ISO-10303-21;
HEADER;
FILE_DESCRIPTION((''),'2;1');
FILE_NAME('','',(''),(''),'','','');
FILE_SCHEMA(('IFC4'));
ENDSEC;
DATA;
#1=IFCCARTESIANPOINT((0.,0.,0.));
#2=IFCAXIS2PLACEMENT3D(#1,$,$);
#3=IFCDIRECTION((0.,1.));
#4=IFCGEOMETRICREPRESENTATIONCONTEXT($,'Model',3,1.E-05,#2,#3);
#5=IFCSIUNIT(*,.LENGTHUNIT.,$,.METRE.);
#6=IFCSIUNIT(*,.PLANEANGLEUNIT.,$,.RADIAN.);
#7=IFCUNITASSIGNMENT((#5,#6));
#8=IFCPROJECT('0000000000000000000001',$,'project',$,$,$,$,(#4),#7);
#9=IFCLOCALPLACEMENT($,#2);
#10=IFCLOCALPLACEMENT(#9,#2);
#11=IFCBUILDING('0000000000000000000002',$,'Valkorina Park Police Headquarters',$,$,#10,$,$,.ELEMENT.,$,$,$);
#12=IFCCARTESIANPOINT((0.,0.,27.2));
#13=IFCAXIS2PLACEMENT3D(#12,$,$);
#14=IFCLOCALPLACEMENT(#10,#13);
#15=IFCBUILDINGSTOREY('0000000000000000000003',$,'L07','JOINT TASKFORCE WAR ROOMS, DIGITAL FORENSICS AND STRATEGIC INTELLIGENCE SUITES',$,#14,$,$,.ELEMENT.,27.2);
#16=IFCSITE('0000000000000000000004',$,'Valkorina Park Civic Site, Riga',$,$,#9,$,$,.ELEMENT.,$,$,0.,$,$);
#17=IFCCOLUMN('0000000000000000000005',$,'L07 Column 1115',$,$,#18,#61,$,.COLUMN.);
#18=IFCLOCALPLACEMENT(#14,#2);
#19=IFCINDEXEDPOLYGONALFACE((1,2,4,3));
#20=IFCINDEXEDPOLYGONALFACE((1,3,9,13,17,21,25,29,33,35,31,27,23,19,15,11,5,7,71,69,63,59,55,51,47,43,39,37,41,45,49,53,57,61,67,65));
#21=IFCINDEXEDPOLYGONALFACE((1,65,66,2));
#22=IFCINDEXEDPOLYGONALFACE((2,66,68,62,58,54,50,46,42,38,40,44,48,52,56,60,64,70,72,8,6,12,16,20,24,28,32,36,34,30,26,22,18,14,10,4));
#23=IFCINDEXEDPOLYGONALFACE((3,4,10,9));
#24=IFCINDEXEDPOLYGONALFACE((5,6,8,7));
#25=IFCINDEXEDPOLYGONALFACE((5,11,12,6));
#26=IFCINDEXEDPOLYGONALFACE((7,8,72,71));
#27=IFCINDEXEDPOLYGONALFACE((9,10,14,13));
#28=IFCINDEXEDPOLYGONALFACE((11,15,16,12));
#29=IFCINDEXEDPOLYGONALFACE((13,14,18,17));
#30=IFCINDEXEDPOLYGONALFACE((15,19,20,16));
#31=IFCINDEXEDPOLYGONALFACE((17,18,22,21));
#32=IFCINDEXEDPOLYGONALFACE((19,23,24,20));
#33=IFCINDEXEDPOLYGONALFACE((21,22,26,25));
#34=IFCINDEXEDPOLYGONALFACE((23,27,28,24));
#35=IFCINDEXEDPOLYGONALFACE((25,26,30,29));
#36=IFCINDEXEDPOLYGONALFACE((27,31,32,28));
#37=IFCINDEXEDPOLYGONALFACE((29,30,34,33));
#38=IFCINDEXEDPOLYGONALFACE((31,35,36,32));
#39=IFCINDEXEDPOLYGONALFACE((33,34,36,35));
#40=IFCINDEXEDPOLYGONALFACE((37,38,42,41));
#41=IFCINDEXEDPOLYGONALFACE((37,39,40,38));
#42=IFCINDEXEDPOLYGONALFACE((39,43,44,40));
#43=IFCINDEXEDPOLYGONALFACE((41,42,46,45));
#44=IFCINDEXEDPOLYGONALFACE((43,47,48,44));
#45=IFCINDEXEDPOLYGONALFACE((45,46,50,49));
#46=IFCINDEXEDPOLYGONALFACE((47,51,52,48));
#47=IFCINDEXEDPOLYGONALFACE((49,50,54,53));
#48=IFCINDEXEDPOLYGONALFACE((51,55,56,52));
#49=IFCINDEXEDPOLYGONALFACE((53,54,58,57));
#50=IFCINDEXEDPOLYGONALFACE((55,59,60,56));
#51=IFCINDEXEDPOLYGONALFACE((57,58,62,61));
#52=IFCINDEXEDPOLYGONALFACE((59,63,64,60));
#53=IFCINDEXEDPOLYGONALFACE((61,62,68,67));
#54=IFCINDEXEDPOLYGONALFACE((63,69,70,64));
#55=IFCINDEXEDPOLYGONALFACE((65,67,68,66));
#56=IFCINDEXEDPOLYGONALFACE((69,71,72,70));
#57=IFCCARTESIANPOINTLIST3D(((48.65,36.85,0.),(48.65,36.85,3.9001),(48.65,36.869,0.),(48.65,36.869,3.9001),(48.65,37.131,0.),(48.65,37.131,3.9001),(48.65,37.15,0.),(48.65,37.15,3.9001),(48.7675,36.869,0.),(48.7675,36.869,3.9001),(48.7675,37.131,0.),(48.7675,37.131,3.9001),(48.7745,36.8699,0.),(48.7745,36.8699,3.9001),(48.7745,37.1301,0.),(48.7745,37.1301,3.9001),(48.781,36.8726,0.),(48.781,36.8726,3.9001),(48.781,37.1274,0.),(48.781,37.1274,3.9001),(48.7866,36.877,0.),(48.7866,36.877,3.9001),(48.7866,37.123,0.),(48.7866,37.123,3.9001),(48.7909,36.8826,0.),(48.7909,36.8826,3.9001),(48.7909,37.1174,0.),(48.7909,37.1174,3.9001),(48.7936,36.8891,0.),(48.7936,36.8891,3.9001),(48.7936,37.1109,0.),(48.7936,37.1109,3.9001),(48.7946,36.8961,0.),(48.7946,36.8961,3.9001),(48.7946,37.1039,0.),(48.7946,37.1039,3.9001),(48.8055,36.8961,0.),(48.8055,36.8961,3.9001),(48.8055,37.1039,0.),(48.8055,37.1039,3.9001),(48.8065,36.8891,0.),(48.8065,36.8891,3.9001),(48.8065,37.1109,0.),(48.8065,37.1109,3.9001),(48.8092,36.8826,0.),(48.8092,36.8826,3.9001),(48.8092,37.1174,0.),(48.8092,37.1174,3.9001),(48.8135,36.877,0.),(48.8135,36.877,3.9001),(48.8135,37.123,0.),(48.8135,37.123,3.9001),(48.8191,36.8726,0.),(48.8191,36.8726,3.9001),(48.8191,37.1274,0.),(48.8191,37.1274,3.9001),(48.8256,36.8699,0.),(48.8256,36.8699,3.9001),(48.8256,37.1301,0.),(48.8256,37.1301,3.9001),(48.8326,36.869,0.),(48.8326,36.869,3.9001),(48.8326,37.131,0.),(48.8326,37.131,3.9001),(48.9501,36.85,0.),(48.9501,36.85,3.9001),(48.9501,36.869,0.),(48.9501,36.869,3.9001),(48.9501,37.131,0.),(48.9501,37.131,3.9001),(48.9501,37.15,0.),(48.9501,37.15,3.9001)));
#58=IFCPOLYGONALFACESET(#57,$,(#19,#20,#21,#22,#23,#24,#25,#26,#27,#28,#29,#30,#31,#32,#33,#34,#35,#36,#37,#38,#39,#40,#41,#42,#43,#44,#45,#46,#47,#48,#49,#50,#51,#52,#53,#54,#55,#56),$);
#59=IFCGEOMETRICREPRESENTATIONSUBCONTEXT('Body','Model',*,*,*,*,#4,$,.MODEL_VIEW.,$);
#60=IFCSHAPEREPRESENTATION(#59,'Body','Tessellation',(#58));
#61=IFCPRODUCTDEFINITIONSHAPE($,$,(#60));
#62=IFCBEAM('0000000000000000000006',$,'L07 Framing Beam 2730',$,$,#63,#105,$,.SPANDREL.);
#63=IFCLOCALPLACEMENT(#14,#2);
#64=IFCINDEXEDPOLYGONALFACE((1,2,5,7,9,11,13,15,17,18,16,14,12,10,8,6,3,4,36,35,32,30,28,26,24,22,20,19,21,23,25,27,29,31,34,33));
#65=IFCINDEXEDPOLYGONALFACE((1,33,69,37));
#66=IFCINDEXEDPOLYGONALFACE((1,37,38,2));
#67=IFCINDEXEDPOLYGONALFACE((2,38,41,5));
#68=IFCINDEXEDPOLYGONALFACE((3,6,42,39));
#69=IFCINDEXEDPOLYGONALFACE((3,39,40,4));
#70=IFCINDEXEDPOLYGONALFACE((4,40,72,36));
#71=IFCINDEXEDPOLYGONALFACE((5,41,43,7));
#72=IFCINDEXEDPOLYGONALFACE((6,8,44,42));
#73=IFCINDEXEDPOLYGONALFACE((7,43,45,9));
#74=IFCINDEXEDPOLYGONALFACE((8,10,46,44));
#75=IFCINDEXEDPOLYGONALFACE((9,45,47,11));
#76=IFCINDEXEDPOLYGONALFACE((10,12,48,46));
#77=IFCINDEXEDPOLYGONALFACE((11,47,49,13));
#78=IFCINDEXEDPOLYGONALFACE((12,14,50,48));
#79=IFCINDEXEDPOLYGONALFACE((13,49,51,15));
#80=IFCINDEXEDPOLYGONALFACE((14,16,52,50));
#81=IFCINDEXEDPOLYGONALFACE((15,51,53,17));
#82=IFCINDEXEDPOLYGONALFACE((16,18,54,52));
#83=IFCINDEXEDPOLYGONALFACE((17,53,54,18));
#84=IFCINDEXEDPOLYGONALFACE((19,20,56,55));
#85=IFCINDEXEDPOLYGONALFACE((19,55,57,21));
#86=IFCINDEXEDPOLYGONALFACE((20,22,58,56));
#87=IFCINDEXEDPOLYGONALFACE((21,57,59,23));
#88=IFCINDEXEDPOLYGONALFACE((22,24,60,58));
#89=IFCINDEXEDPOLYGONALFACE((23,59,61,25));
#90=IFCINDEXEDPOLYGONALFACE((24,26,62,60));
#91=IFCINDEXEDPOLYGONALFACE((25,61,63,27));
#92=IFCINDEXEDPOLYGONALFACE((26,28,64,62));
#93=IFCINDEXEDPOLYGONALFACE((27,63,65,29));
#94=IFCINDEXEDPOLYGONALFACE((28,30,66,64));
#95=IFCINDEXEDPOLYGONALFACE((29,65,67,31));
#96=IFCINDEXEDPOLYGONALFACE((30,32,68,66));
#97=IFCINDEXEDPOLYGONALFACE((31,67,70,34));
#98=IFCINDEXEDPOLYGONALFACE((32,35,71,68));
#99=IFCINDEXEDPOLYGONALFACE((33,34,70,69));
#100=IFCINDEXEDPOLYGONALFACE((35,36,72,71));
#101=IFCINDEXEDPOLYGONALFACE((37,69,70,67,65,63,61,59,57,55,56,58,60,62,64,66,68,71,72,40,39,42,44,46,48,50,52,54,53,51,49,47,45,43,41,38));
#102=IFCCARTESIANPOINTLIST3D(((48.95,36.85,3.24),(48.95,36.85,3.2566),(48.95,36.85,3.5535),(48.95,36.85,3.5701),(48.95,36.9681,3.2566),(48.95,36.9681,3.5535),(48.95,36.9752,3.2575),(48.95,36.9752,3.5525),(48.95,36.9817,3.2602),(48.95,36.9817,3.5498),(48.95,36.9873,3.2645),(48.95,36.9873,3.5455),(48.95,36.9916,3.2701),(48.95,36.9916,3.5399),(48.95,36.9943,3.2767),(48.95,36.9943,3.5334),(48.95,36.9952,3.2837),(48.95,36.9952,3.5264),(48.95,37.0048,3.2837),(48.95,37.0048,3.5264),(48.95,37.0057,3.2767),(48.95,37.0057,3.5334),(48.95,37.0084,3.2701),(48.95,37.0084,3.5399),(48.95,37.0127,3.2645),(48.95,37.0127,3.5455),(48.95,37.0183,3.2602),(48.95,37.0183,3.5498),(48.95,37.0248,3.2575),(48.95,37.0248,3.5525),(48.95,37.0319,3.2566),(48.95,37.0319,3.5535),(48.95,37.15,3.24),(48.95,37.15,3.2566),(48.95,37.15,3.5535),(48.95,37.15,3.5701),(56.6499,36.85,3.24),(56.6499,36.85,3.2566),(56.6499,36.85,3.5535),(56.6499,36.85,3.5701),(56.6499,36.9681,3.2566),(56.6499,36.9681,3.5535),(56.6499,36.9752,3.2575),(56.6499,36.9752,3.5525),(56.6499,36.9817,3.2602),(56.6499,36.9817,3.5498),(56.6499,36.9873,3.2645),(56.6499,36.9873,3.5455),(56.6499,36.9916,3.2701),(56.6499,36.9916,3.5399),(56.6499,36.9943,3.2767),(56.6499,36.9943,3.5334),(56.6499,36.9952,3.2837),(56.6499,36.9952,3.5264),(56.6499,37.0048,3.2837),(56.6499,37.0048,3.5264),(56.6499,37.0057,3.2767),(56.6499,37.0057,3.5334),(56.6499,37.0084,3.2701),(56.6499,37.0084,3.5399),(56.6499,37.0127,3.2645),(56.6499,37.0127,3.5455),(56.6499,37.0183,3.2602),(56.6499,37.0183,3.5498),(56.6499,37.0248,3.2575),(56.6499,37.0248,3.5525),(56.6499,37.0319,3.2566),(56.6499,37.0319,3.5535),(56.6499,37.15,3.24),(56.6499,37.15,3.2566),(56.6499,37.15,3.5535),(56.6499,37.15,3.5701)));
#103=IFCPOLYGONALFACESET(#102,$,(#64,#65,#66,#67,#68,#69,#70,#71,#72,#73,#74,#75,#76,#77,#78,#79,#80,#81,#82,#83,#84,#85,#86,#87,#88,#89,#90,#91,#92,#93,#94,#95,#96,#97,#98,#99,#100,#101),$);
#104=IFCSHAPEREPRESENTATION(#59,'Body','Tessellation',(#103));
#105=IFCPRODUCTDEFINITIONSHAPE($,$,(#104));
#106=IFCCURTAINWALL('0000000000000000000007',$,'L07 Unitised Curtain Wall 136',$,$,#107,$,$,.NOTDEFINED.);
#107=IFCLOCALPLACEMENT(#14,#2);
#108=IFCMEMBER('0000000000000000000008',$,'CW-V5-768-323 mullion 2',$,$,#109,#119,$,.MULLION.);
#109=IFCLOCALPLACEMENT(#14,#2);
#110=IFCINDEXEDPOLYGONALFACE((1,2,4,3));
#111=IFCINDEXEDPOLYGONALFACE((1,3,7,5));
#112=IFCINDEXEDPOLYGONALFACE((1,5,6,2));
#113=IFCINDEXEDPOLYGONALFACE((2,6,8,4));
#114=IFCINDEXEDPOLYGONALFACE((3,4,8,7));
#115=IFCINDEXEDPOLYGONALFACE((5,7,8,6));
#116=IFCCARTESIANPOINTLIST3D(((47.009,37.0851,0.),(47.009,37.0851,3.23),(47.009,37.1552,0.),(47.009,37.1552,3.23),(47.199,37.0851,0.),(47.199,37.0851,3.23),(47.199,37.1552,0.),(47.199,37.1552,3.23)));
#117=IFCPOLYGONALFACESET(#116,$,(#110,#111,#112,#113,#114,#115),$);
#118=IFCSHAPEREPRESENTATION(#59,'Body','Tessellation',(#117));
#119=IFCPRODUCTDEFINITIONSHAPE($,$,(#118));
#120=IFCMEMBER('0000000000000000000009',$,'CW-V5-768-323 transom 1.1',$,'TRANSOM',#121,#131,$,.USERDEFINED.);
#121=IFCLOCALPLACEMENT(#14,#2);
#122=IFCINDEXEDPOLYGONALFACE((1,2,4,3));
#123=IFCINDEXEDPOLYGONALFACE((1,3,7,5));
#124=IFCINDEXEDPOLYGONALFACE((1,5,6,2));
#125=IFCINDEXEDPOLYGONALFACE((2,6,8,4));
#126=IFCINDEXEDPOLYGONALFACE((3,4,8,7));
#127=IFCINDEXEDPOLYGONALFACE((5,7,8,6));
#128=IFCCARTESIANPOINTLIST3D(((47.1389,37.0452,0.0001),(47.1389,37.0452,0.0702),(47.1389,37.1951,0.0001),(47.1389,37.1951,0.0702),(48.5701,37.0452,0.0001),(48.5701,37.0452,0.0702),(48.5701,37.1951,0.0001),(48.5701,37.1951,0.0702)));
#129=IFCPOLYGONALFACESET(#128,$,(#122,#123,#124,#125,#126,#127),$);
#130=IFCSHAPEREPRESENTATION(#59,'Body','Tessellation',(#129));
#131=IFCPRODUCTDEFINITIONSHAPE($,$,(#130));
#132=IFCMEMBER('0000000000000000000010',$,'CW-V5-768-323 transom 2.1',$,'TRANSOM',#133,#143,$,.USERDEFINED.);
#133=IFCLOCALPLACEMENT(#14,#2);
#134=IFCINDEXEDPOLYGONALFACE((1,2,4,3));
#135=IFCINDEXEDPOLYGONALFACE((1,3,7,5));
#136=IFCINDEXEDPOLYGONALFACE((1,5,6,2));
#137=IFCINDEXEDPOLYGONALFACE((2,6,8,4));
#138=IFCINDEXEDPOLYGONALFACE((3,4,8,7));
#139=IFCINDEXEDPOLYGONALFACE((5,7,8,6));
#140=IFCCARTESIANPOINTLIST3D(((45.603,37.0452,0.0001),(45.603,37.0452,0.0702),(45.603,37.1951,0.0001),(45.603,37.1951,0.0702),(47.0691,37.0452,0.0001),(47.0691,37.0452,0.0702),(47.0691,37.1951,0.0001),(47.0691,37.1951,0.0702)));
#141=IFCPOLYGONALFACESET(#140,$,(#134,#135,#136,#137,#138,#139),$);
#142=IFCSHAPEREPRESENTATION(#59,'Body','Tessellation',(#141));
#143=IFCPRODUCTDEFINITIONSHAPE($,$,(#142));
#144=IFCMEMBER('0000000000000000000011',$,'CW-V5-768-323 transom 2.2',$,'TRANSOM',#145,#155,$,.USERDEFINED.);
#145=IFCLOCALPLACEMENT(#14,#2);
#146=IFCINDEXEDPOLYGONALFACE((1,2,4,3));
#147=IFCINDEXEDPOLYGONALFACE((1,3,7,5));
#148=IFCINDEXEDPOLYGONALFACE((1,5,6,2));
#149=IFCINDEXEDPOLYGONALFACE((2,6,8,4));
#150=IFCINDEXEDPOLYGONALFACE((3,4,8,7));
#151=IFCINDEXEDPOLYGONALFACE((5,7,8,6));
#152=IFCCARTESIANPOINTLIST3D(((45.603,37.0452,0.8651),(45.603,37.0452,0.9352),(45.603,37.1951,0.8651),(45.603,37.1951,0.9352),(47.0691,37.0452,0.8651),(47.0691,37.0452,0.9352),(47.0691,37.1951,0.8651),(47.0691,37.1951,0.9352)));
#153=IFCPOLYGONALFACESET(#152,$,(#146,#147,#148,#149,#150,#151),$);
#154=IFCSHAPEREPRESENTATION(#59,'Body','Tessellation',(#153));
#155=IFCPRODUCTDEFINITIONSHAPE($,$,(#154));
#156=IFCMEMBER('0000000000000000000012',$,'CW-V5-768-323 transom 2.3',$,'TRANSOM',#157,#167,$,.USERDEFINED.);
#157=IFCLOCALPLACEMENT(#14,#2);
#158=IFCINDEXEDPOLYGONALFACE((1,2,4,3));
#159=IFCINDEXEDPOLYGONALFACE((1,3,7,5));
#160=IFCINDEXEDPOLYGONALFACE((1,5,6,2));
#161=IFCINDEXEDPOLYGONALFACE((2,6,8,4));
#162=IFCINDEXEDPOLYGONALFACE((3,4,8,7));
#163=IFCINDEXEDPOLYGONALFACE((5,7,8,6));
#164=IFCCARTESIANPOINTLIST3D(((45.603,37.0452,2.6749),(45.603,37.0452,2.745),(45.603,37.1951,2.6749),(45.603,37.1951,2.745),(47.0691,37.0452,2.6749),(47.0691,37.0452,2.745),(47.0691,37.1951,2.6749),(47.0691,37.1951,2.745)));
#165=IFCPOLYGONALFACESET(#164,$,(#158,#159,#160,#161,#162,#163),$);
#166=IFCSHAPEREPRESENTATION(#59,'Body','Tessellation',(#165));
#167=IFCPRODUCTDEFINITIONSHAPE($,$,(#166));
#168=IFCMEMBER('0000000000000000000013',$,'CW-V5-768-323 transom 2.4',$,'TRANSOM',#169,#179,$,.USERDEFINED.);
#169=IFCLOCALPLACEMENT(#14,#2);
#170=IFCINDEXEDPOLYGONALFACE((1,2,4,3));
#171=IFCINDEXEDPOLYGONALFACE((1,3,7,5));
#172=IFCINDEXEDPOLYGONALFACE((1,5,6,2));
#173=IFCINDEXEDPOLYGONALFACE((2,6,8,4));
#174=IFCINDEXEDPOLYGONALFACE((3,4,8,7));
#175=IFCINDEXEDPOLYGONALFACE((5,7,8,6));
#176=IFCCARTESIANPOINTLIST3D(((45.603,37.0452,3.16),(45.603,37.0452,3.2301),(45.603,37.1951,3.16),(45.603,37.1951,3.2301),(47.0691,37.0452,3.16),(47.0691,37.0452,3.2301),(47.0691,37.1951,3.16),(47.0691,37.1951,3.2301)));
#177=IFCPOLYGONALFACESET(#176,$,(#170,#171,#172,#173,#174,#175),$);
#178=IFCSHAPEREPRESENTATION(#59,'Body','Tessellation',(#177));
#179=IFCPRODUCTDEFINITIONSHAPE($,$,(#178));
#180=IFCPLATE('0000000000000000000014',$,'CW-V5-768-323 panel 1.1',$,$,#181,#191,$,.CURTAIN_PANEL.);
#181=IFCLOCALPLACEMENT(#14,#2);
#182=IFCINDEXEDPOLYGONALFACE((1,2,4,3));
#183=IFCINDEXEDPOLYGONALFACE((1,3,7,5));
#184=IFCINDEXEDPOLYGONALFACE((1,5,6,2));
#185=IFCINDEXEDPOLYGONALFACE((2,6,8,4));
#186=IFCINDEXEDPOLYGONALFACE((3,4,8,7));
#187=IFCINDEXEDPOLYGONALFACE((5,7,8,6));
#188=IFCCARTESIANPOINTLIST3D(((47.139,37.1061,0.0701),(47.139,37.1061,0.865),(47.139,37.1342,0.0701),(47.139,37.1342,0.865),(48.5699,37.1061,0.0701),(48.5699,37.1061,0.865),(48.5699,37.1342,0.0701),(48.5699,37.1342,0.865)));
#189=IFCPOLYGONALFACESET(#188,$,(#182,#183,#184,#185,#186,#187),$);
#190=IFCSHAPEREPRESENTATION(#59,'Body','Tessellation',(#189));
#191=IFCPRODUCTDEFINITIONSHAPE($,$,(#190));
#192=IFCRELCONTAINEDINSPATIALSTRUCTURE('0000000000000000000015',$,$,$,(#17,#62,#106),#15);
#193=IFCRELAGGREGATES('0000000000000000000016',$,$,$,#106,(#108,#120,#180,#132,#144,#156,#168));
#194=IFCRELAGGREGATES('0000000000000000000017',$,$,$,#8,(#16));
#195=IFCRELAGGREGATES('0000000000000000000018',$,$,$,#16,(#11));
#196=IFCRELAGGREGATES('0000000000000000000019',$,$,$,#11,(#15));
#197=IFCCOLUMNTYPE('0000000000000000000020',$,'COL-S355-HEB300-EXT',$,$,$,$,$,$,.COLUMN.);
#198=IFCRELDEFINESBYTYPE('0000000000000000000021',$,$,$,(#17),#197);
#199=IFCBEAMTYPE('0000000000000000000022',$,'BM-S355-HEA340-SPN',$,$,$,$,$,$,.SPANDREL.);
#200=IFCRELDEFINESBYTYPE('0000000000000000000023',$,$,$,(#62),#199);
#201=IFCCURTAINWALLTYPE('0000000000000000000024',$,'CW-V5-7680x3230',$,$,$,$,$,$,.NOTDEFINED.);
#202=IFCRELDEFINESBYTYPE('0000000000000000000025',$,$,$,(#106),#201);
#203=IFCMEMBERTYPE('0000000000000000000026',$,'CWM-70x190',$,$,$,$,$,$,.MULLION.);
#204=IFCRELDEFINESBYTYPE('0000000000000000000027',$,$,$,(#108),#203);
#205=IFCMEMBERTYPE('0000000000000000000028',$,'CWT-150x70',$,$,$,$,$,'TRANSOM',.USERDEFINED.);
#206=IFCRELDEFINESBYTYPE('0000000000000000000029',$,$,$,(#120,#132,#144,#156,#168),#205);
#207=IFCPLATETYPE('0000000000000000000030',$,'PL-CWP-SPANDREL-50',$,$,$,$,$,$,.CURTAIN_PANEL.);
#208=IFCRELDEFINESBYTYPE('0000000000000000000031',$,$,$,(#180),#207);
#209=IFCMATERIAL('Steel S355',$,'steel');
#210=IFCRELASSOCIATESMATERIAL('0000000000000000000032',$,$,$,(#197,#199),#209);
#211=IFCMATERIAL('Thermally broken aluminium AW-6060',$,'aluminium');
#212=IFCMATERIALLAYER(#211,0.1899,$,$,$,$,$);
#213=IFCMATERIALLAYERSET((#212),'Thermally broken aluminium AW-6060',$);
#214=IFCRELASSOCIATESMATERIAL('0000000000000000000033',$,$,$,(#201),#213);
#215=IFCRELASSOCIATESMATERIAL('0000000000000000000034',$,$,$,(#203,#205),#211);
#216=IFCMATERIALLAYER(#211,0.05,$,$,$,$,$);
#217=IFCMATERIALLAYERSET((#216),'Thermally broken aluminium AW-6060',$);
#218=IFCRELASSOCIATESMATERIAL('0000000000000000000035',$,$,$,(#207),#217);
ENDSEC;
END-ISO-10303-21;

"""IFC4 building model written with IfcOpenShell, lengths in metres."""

from ifc_helpers import new_model, si_unit, direction, frame, origin, origin_2d, place, context, subcontext, project, spatial, rectangle, i_section, extrude, material, layer, layer_set, material_profile, profile_set, type_object, element, aggregate, save


model = new_model("IFC4")

# Units and contexts
model_context = context("Model", 3, precision=1e-05, world=origin(), true_north=direction((0.0, 1.0)))
body_context = subcontext(model_context, "Body", "Model", "MODEL_VIEW")
ifc_project = project(units=[si_unit("LENGTHUNIT", "METRE"), si_unit("PLANEANGLEUNIT", "RADIAN")], contexts=[model_context])

# Site, building, storey
site_placement = place(None, origin())
site = spatial("IfcSite", under=ifc_project, at=site_placement, Name="Valkorina Park Civic Site, Riga", CompositionType="ELEMENT", RefElevation=0.0)
building_placement = place(site_placement, origin())
building = spatial("IfcBuilding", under=site, at=building_placement, Name="Valkorina Park Police Headquarters", CompositionType="ELEMENT")
storey_placement = place(building_placement, frame((0.0, 0.0, 27.2)))
storey = spatial("IfcBuildingStorey", under=building, at=storey_placement, Name="L07", Description="JOINT TASKFORCE WAR ROOMS, DIGITAL FORENSICS AND STRATEGIC INTELLIGENCE SUITES", CompositionType="ELEMENT", Elevation=27.2)

# Column
ifc_material_1 = material(Name="Steel S355", Category="steel")
ifc_material_profile_1 = material_profile(ifc_material_1, i_section(OverallWidth=0.3, OverallDepth=0.3, WebThickness=0.011, FlangeThickness=0.019, FilletRadius=0.0271, at=origin_2d()), Name="HEB 300")
ifc_profile_set_1 = profile_set([ifc_material_profile_1], Name="Steel S355")
column_type = type_object("IfcColumnType", Name="COL-S355-HEB300-EXT", PredefinedType="COLUMN", material=ifc_profile_set_1)
column_placement = place(storey_placement, frame((48.8, 37.0, 0.0), z_axis=(0.0, 0.0, 1.0), x_axis=(1.0, 0.0, 0.0)))
element("IfcColumn", 1, at=column_placement, inside=storey, type_object=column_type, Name="L07 Column 1115", PredefinedType="COLUMN", context=body_context, shape_type="SweptSolid", body=[
    extrude(i_section(OverallWidth=0.3, OverallDepth=0.3, WebThickness=0.011, FlangeThickness=0.019, FilletRadius=0.0271, at=origin_2d()), origin(), (0.0, 0.0, 1.0), 3.9001),
])

# Beam
ifc_material_profile_2 = material_profile(ifc_material_1, i_section(OverallWidth=0.3, OverallDepth=0.3301, WebThickness=0.0095, FlangeThickness=0.0166, FilletRadius=0.0271, at=origin_2d()), Name="HEA 340")
ifc_profile_set_2 = profile_set([ifc_material_profile_2], Name="Steel S355")
beam_type = type_object("IfcBeamType", Name="BM-S355-HEA340-SPN", PredefinedType="SPANDREL", material=ifc_profile_set_2)
beam_placement = place(storey_placement, frame((48.95, 37.0, 3.405), z_axis=(1.0, 0.0, 0.0), x_axis=(0.0, 1.0, 0.0)))
element("IfcBeam", 2, at=beam_placement, inside=storey, type_object=beam_type, Name="L07 Framing Beam 2730", PredefinedType="SPANDREL", context=body_context, shape_type="SweptSolid", body=[
    extrude(i_section(OverallWidth=0.3, OverallDepth=0.3301, WebThickness=0.0095, FlangeThickness=0.0166, FilletRadius=0.0271, at=origin_2d()), origin(), (0.0, 0.0, 1.0), 7.7),
])

# Curtain wall, members, plate
ifc_material_2 = material(Name="Thermally broken aluminium AW-6060", Category="aluminium")
ifc_layer_1 = layer(ifc_material_2, 0.1899)
ifc_layer_set_1 = layer_set([ifc_layer_1], Name="Thermally broken aluminium AW-6060")
curtain_wall_type = type_object("IfcCurtainWallType", Name="CW-V5-7680x3230", PredefinedType="NOTDEFINED", material=ifc_layer_set_1)
curtain_wall_placement = place(storey_placement, origin())
curtain_wall = element("IfcCurtainWall", 3, at=curtain_wall_placement, inside=storey, type_object=curtain_wall_type, Name="L07 Unitised Curtain Wall 136", PredefinedType="NOTDEFINED")
ifc_material_profile_3 = material_profile(ifc_material_2, rectangle(XDim=0.0701, YDim=0.1899, at=origin_2d()), Name="CWM-02 70x190")
ifc_profile_set_3 = profile_set([ifc_material_profile_3], Name="Thermally broken aluminium AW-6060")
member_type_1 = type_object("IfcMemberType", Name="CWM-70x190", PredefinedType="MULLION", material=ifc_profile_set_3)
member_1_placement = place(storey_placement, frame((47.104, 37.1201, 0.0), z_axis=(0.0, 0.0, 1.0), x_axis=(0.0, -1.0, 0.0)))
member_1 = element("IfcMember", 4, at=member_1_placement, type_object=member_type_1, Name="CW-V5-768-323 mullion 2", PredefinedType="MULLION", context=body_context, shape_type="SweptSolid", body=[
    extrude(rectangle(XDim=0.0701, YDim=0.1899, at=origin_2d()), origin(), (0.0, 0.0, 1.0), 3.23),
])
ifc_material_profile_4 = material_profile(ifc_material_2, rectangle(XDim=0.1499, YDim=0.0701, at=origin_2d()), Name="CWT-02 150x70")
ifc_profile_set_4 = profile_set([ifc_material_profile_4], Name="Thermally broken aluminium AW-6060")
member_type_2 = type_object("IfcMemberType", Name="CWT-150x70", ElementType="TRANSOM", PredefinedType="USERDEFINED", material=ifc_profile_set_4)
member_2_placement = place(storey_placement, frame((48.5701, 37.1201, 0.0352), z_axis=(-1.0, 0.0, 0.0), x_axis=(0.0, -1.0, 0.0)))
member_2 = element("IfcMember", 5, at=member_2_placement, type_object=member_type_2, Name="CW-V5-768-323 transom 1.1", ObjectType="TRANSOM", PredefinedType="USERDEFINED", context=body_context, shape_type="SweptSolid", body=[
    extrude(rectangle(XDim=0.1499, YDim=0.0701, at=origin_2d()), origin(), (0.0, 0.0, 1.0), 1.4312),
])
member_3_placement = place(storey_placement, frame((47.0691, 37.1201, 0.0352), z_axis=(-1.0, 0.0, 0.0), x_axis=(0.0, -1.0, 0.0)))
member_3 = element("IfcMember", 6, at=member_3_placement, type_object=member_type_2, Name="CW-V5-768-323 transom 2.1", ObjectType="TRANSOM", PredefinedType="USERDEFINED", context=body_context, shape_type="SweptSolid", body=[
    extrude(rectangle(XDim=0.1499, YDim=0.0701, at=origin_2d()), origin(), (0.0, 0.0, 1.0), 1.4661),
])
member_4_placement = place(storey_placement, frame((47.0691, 37.1201, 0.9001), z_axis=(-1.0, 0.0, 0.0), x_axis=(0.0, -1.0, 0.0)))
member_4 = element("IfcMember", 7, at=member_4_placement, type_object=member_type_2, Name="CW-V5-768-323 transom 2.2", ObjectType="TRANSOM", PredefinedType="USERDEFINED", context=body_context, shape_type="SweptSolid", body=[
    extrude(rectangle(XDim=0.1499, YDim=0.0701, at=origin_2d()), origin(), (0.0, 0.0, 1.0), 1.4661),
])
member_5_placement = place(storey_placement, frame((47.0691, 37.1201, 2.71), z_axis=(-1.0, 0.0, 0.0), x_axis=(0.0, -1.0, 0.0)))
member_5 = element("IfcMember", 8, at=member_5_placement, type_object=member_type_2, Name="CW-V5-768-323 transom 2.3", ObjectType="TRANSOM", PredefinedType="USERDEFINED", context=body_context, shape_type="SweptSolid", body=[
    extrude(rectangle(XDim=0.1499, YDim=0.0701, at=origin_2d()), origin(), (0.0, 0.0, 1.0), 1.4661),
])
member_6_placement = place(storey_placement, frame((47.0691, 37.1201, 3.1951), z_axis=(-1.0, 0.0, 0.0), x_axis=(0.0, -1.0, 0.0)))
member_6 = element("IfcMember", 9, at=member_6_placement, type_object=member_type_2, Name="CW-V5-768-323 transom 2.4", ObjectType="TRANSOM", PredefinedType="USERDEFINED", context=body_context, shape_type="SweptSolid", body=[
    extrude(rectangle(XDim=0.1499, YDim=0.0701, at=origin_2d()), origin(), (0.0, 0.0, 1.0), 1.4661),
])
ifc_layer_2 = layer(ifc_material_2, 0.05)
ifc_layer_set_2 = layer_set([ifc_layer_2], Name="Thermally broken aluminium AW-6060")
plate_type_1 = type_object("IfcPlateType", Name="PL-CWP-SPANDREL-50", PredefinedType="CURTAIN_PANEL", material=ifc_layer_set_2)
plate_1_placement = place(storey_placement, frame((47.8545, 37.1201, 0.0701), z_axis=(0.0, 0.0, 1.0), x_axis=(-1.0, 0.0, 0.0)))
plate_1 = element("IfcPlate", 10, at=plate_1_placement, type_object=plate_type_1, Name="CW-V5-768-323 panel 1.1", PredefinedType="CURTAIN_PANEL", context=body_context, shape_type="SweptSolid", body=[
    extrude(rectangle(XDim=1.4309, YDim=0.0281, at=origin_2d()), origin(), (0.0, 0.0, 1.0), 0.7949),
])
aggregate(curtain_wall, [member_1, member_2, plate_1, member_3, member_4, member_5, member_6])

save(model, "model.ifc")
